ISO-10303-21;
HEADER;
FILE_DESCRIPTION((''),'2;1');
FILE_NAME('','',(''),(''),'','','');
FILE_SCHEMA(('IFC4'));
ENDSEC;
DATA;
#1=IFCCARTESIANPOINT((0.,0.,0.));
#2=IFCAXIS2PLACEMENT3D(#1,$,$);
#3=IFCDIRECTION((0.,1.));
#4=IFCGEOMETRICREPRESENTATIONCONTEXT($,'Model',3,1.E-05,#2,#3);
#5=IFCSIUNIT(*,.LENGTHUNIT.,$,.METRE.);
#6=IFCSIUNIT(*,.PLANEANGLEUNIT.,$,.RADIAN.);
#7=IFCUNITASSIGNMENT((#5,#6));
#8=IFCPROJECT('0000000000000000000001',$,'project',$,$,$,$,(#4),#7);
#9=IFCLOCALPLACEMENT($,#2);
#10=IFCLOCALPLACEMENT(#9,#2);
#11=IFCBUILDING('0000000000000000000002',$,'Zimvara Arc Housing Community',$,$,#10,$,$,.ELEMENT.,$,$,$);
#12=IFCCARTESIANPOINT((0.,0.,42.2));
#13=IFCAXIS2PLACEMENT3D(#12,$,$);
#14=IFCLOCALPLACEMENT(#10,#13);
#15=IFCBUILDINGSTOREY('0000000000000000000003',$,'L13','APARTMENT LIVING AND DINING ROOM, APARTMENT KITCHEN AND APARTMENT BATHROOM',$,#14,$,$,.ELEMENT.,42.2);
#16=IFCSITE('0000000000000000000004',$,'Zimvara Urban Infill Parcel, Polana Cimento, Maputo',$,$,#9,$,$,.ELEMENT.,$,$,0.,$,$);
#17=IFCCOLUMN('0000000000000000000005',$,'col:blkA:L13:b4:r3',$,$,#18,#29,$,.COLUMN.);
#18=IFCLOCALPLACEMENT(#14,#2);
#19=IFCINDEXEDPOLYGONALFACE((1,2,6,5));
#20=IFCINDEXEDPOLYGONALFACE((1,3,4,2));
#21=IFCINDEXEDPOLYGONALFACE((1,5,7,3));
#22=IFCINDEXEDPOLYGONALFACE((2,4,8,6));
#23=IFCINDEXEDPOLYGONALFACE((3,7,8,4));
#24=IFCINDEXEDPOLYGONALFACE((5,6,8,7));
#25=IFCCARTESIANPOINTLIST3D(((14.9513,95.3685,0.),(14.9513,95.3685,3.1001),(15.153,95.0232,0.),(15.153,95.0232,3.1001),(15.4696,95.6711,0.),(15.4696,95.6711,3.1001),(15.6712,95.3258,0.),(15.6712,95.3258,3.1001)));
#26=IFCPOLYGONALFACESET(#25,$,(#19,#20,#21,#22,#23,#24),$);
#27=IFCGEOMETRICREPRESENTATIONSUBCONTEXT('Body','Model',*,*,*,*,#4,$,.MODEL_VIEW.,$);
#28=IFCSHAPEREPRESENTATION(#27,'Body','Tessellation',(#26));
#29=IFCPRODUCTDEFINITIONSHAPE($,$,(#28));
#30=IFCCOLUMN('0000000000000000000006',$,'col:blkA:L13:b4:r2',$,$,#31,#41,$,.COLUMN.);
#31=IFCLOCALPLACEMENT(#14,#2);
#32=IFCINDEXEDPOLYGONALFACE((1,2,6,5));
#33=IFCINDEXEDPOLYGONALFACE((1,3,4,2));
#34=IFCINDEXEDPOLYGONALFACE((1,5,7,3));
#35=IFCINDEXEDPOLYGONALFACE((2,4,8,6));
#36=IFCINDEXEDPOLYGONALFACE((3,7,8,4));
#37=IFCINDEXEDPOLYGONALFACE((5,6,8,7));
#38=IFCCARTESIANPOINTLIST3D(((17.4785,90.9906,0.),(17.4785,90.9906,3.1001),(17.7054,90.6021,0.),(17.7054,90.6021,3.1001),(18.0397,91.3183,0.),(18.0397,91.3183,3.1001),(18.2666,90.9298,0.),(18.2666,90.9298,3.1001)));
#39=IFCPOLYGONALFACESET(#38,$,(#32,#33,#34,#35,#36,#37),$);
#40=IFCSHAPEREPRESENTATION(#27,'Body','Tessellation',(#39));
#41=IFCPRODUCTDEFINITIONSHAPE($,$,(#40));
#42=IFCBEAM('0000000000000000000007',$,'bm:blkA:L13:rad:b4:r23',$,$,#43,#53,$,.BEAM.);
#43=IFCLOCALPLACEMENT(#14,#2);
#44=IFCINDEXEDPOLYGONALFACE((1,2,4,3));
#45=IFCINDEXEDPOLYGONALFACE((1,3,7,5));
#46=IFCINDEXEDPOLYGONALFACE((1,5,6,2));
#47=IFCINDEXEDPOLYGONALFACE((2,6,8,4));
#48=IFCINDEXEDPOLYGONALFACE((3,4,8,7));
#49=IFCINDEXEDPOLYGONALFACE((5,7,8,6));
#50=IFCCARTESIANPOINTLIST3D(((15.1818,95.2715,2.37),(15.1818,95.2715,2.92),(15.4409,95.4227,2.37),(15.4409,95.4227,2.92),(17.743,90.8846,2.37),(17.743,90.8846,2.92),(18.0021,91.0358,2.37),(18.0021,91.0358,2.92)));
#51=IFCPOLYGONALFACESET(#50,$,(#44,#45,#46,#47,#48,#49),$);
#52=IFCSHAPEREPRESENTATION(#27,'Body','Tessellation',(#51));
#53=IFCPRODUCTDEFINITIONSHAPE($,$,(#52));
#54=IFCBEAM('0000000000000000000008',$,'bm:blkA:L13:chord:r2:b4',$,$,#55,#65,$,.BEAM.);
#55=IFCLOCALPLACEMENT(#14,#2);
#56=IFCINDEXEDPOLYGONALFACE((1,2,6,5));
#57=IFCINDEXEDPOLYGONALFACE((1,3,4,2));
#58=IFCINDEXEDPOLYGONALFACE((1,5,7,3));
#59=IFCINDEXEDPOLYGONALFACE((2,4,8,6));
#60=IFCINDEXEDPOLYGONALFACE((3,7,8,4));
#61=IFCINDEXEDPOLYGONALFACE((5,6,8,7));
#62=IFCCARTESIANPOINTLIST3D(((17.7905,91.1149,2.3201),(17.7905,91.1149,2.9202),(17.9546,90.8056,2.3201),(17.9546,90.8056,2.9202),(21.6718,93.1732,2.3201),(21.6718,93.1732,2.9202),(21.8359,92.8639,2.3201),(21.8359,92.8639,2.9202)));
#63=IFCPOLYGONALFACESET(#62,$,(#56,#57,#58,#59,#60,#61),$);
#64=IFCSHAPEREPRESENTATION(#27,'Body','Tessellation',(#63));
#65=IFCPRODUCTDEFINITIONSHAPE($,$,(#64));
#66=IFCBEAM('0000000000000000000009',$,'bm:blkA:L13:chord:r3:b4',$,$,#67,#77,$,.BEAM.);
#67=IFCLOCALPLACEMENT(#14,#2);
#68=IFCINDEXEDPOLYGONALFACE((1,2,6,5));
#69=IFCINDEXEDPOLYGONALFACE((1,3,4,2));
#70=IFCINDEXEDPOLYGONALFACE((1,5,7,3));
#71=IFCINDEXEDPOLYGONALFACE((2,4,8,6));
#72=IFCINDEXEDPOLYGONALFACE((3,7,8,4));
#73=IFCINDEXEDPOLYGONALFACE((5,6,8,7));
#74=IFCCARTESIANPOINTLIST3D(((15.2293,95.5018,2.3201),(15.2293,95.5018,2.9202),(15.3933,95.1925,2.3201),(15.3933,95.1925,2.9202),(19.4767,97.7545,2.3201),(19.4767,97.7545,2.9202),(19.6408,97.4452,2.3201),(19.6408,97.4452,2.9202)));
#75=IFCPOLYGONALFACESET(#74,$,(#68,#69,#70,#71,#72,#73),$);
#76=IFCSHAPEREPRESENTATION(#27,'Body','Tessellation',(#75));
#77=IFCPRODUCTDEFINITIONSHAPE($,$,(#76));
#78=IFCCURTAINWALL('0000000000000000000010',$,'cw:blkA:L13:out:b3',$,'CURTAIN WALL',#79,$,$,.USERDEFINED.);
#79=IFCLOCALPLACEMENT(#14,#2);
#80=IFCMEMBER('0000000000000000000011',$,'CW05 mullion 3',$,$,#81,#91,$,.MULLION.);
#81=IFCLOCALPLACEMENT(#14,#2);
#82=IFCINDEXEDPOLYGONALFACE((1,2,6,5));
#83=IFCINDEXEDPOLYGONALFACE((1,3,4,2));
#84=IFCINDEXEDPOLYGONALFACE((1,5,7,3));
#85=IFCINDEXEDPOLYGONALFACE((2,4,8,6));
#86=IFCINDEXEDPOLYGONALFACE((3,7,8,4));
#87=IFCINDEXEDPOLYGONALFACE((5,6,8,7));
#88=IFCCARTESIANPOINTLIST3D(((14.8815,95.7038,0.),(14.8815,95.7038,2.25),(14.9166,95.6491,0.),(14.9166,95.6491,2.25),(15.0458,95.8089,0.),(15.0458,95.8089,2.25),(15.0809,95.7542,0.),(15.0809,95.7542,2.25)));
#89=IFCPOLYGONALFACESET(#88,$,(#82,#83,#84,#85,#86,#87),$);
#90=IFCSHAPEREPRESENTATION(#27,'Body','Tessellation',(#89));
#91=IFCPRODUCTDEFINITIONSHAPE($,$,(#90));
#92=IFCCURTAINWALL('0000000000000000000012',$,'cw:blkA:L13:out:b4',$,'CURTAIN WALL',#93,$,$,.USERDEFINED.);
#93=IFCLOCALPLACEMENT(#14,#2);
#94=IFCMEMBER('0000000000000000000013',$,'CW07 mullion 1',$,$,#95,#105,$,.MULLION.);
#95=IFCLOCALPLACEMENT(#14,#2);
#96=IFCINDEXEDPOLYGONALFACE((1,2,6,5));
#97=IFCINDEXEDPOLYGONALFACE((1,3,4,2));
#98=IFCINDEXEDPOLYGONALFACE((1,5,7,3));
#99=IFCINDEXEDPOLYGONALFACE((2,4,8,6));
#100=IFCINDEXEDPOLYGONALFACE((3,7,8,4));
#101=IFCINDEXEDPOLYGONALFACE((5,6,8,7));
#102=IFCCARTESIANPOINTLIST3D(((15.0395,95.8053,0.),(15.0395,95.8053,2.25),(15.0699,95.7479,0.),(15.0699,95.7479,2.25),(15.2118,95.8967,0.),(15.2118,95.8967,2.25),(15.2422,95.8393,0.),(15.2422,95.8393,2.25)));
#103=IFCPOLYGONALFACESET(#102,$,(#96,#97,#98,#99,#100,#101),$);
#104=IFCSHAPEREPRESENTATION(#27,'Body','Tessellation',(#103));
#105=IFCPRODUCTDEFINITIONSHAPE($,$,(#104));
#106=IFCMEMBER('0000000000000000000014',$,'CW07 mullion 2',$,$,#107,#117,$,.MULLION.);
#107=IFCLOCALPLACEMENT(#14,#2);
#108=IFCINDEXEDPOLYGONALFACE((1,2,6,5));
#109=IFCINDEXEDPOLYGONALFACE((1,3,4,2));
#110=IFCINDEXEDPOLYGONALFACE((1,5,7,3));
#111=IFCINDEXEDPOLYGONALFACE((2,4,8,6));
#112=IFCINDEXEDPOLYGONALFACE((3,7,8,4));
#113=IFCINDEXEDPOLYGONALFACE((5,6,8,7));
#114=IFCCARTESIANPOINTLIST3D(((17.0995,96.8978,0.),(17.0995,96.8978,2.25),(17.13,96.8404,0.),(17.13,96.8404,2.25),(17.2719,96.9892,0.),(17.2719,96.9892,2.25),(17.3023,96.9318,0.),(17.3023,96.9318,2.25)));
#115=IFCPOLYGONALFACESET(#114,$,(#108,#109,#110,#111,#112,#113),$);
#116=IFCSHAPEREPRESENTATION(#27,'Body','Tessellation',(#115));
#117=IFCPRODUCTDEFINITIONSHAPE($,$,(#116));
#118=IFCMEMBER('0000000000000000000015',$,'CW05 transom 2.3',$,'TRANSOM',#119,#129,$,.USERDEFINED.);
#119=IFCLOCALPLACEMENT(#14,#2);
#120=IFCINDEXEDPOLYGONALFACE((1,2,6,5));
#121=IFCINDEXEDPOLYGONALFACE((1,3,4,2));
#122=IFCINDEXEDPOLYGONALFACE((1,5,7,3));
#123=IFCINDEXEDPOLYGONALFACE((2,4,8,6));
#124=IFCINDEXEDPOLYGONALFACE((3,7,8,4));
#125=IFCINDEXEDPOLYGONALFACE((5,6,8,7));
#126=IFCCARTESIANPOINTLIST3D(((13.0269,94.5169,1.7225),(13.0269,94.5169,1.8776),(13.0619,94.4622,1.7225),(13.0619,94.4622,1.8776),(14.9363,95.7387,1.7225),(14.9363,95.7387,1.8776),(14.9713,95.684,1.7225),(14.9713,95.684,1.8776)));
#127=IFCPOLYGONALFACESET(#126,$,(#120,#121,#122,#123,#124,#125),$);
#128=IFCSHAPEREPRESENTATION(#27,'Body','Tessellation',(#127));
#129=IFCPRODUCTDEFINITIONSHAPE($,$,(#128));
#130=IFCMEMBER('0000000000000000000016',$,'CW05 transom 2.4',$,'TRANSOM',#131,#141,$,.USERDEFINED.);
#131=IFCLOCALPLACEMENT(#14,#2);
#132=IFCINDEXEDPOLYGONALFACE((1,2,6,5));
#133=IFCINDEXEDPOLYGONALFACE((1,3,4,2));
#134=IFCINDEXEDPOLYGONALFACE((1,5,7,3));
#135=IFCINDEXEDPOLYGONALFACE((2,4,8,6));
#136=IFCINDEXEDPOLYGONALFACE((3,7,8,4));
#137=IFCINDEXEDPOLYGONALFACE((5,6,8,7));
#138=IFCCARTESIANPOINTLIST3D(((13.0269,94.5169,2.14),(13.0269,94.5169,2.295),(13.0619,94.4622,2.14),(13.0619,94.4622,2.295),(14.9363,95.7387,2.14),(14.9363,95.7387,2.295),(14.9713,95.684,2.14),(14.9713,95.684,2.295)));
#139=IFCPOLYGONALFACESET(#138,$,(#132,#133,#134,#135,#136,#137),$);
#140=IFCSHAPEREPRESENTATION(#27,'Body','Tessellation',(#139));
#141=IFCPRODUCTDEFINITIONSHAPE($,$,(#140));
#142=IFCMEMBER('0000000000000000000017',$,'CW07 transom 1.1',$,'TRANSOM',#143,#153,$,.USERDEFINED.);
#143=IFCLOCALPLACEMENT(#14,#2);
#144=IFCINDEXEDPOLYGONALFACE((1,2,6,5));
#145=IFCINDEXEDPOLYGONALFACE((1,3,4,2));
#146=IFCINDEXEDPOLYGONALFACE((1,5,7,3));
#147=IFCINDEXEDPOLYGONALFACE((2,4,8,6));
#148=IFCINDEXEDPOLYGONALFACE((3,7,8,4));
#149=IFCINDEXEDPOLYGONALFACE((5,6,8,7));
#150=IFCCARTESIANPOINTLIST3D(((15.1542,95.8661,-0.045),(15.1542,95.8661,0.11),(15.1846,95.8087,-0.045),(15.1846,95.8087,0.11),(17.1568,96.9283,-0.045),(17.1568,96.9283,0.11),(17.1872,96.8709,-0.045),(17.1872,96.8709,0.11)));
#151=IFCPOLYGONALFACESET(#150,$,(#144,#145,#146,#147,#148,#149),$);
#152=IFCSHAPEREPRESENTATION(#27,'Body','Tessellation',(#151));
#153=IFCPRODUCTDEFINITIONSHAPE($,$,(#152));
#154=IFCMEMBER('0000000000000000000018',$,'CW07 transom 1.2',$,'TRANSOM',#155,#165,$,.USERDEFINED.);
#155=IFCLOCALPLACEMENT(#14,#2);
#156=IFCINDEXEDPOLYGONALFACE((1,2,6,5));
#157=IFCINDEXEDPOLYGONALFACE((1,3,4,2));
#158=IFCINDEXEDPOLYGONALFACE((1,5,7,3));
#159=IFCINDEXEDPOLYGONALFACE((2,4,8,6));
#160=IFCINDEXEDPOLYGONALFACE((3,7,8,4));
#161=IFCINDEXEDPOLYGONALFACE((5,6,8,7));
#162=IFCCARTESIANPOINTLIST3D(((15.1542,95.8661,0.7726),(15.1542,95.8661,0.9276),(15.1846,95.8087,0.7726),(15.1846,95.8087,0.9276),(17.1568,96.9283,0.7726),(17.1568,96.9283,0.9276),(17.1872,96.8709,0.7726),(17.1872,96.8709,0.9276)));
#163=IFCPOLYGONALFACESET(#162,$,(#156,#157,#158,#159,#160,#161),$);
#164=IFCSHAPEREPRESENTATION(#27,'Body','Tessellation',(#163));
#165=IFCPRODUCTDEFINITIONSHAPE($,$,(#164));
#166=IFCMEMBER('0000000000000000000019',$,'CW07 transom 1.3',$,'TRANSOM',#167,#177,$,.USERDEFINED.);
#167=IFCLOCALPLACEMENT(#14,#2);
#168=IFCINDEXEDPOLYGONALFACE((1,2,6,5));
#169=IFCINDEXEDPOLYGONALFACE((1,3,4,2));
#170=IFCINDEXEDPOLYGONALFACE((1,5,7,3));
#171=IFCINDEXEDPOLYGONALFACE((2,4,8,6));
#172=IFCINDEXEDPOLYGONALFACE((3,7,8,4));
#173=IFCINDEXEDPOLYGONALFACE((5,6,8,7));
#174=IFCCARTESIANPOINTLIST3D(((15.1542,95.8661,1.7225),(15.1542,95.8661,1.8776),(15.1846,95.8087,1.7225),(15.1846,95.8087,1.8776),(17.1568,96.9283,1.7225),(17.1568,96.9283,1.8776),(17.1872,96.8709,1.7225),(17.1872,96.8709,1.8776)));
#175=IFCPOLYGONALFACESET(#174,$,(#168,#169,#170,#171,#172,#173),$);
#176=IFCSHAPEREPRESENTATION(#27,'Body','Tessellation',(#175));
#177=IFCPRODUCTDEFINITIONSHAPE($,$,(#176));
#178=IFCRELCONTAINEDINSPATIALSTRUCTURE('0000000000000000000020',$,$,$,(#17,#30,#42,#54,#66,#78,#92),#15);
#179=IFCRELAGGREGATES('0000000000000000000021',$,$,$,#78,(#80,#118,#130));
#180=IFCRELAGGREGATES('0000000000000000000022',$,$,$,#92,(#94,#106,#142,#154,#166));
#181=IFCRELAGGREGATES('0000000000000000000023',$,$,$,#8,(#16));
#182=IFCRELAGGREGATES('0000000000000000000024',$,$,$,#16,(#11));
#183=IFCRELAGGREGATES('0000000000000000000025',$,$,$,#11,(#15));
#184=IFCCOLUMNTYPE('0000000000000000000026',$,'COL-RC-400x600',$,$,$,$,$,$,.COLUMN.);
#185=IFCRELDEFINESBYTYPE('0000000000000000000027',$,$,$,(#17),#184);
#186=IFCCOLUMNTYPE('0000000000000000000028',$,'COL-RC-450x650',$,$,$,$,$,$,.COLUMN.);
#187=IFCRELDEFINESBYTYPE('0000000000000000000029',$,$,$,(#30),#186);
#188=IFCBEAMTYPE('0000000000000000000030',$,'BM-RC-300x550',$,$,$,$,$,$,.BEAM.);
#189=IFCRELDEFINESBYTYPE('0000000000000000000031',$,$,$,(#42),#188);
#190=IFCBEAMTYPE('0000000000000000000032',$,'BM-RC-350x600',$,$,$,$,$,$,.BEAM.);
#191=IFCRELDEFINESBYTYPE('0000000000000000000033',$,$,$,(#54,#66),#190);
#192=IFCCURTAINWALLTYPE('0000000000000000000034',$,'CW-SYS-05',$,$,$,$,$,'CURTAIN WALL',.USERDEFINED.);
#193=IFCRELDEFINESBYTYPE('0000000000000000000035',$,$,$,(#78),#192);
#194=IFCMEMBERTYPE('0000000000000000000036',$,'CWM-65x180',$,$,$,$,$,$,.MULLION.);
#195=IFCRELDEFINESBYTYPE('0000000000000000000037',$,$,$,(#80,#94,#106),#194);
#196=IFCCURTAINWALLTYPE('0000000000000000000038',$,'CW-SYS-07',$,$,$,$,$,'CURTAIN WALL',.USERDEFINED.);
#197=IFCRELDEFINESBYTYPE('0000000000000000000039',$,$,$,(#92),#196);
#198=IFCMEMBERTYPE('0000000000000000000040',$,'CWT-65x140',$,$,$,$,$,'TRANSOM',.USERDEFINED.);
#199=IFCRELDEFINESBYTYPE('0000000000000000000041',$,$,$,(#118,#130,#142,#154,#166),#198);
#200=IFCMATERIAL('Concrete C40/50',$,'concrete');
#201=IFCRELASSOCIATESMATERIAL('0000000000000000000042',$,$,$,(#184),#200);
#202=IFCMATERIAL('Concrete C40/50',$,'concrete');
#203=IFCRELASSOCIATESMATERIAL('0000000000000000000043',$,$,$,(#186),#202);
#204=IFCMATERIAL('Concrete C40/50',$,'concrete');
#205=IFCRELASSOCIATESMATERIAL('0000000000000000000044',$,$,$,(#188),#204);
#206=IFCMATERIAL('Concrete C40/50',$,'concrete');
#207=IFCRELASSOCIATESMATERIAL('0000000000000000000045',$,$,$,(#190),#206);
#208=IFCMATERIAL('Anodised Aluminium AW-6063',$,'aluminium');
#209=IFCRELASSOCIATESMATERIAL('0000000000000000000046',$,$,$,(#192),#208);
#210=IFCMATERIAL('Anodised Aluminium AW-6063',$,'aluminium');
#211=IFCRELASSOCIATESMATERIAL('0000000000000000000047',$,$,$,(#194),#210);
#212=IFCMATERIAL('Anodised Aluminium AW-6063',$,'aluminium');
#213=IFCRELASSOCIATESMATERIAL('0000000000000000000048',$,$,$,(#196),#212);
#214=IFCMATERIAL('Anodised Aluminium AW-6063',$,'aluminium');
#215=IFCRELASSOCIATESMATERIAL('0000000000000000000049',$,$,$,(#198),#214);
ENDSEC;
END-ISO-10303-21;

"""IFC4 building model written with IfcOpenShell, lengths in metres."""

from ifc_helpers import new_model, si_unit, direction, frame, origin, origin_2d, place, context, subcontext, project, spatial, rectangle, extrude, material, material_profile, profile_set, type_object, element, aggregate, save


model = new_model("IFC4")

# Units and contexts
model_context = context("Model", 3, precision=1e-05, world=origin(), true_north=direction((0.0, 1.0)))
body_context = subcontext(model_context, "Body", "Model", "MODEL_VIEW")
ifc_project = project(units=[si_unit("LENGTHUNIT", "METRE"), si_unit("PLANEANGLEUNIT", "RADIAN")], contexts=[model_context])

# Site, building, storey
site_placement = place(None, origin())
site = spatial("IfcSite", under=ifc_project, at=site_placement, Name="Zimvara Urban Infill Parcel, Polana Cimento, Maputo", CompositionType="ELEMENT", RefElevation=0.0)
building_placement = place(site_placement, origin())
building = spatial("IfcBuilding", under=site, at=building_placement, Name="Zimvara Arc Housing Community", CompositionType="ELEMENT")
storey_placement = place(building_placement, frame((0.0, 0.0, 42.2)))
storey = spatial("IfcBuildingStorey", under=building, at=storey_placement, Name="L13", Description="APARTMENT LIVING AND DINING ROOM, APARTMENT KITCHEN AND APARTMENT BATHROOM", CompositionType="ELEMENT", Elevation=42.2)

# Columns
ifc_material_1 = material(Name="Concrete C40/50", Category="concrete")
ifc_material_profile_1 = material_profile(ifc_material_1, rectangle(XDim=0.3999, YDim=0.6001, at=origin_2d()), Name="RC 400x600")
ifc_profile_set_1 = profile_set([ifc_material_profile_1], Name="Concrete C40/50")
column_type_1 = type_object("IfcColumnType", Name="COL-RC-400x600", PredefinedType="COLUMN", material=ifc_profile_set_1)
column_1_placement = place(storey_placement, frame((15.3113, 95.3472, 0.0), z_axis=(0.0, 0.0, 1.0), x_axis=(-0.504226, 0.863572, 0.0)))
element("IfcColumn", 1, at=column_1_placement, inside=storey, type_object=column_type_1, Name="col:blkA:L13:b4:r3", PredefinedType="COLUMN", context=body_context, shape_type="SweptSolid", body=[
    extrude(rectangle(XDim=0.3999, YDim=0.6001, at=origin_2d()), origin(), (0.0, 0.0, 1.0), 3.1001),
])
ifc_material_2 = material(Name="Concrete C40/50", Category="concrete")
ifc_material_profile_2 = material_profile(ifc_material_2, rectangle(XDim=0.45, YDim=0.6499, at=origin_2d()), Name="RC 450x650")
ifc_profile_set_2 = profile_set([ifc_material_profile_2], Name="Concrete C40/50")
column_type_2 = type_object("IfcColumnType", Name="COL-RC-450x650", PredefinedType="COLUMN", material=ifc_profile_set_2)
column_2_placement = place(storey_placement, frame((17.8726, 90.9602, 0.0), z_axis=(0.0, 0.0, 1.0), x_axis=(-0.504226, 0.863572, 0.0)))
element("IfcColumn", 2, at=column_2_placement, inside=storey, type_object=column_type_2, Name="col:blkA:L13:b4:r2", PredefinedType="COLUMN", context=body_context, shape_type="SweptSolid", body=[
    extrude(rectangle(XDim=0.45, YDim=0.6499, at=origin_2d()), origin(), (0.0, 0.0, 1.0), 3.1001),
])

# Beams
ifc_material_3 = material(Name="Concrete C40/50", Category="concrete")
ifc_material_profile_3 = material_profile(ifc_material_3, rectangle(XDim=0.3, YDim=0.55, at=origin_2d()), Name="RC 300x550")
ifc_profile_set_3 = profile_set([ifc_material_profile_3], Name="Concrete C40/50")
beam_type_1 = type_object("IfcBeamType", Name="BM-RC-300x550", PredefinedType="BEAM", material=ifc_profile_set_3)
beam_1_placement = place(storey_placement, frame((17.8726, 90.9602, 2.645), z_axis=(-0.504197, 0.863589, 0.0), x_axis=(-0.863589, -0.504197, 0.0)))
element("IfcBeam", 3, at=beam_1_placement, inside=storey, type_object=beam_type_1, Name="bm:blkA:L13:rad:b4:r23", PredefinedType="BEAM", context=body_context, shape_type="SweptSolid", body=[
    extrude(rectangle(XDim=0.3, YDim=0.55, at=origin_2d()), origin(), (0.0, 0.0, 1.0), 5.0798),
])
ifc_material_4 = material(Name="Concrete C40/50", Category="concrete")
ifc_material_profile_4 = material_profile(ifc_material_4, rectangle(XDim=0.3501, YDim=0.6001, at=origin_2d()), Name="RC 350x600")
ifc_profile_set_4 = profile_set([ifc_material_profile_4], Name="Concrete C40/50")
beam_type_2 = type_object("IfcBeamType", Name="BM-RC-350x600", PredefinedType="BEAM", material=ifc_profile_set_4)
beam_2_placement = place(storey_placement, frame((17.8726, 90.9602, 2.6201), z_axis=(0.883457, 0.468513, 0.0), x_axis=(-0.468513, 0.883457, 0.0)))
element("IfcBeam", 4, at=beam_2_placement, inside=storey, type_object=beam_type_2, Name="bm:blkA:L13:chord:r2:b4", PredefinedType="BEAM", context=body_context, shape_type="SweptSolid", body=[
    extrude(rectangle(XDim=0.3501, YDim=0.6001, at=origin_2d()), origin(), (0.0, 0.0, 1.0), 4.3933),
])
beam_3_placement = place(storey_placement, frame((15.3113, 95.3472, 2.6201), z_axis=(0.883446, 0.468534, 0.0), x_axis=(-0.468534, 0.883446, 0.0)))
element("IfcBeam", 5, at=beam_3_placement, inside=storey, type_object=beam_type_2, Name="bm:blkA:L13:chord:r3:b4", PredefinedType="BEAM", context=body_context, shape_type="SweptSolid", body=[
    extrude(rectangle(XDim=0.3501, YDim=0.6001, at=origin_2d()), origin(), (0.0, 0.0, 1.0), 4.8079),
])

# Curtain wall, member
ifc_material_5 = material(Name="Anodised Aluminium AW-6063", Category="aluminium")
curtain_wall_type_1 = type_object("IfcCurtainWallType", Name="CW-SYS-05", ElementType="CURTAIN WALL", PredefinedType="USERDEFINED", material=ifc_material_5)
curtain_wall_1_placement = place(storey_placement, origin())
curtain_wall_1 = element("IfcCurtainWall", 6, at=curtain_wall_1_placement, inside=storey, type_object=curtain_wall_type_1, Name="cw:blkA:L13:out:b3", ObjectType="CURTAIN WALL", PredefinedType="USERDEFINED")
ifc_material_6 = material(Name="Anodised Aluminium AW-6063", Category="aluminium")
ifc_material_profile_5 = material_profile(ifc_material_6, rectangle(XDim=0.0649, YDim=0.1951, at=origin_2d()), Name="ALU 65x195")
ifc_profile_set_5 = profile_set([ifc_material_profile_5], Name="Anodised Aluminium AW-6063")
member_type_1 = type_object("IfcMemberType", Name="CWM-65x180", PredefinedType="MULLION", material=ifc_profile_set_5)
member_1_placement = place(storey_placement, frame((14.9812, 95.729, 0.0), z_axis=(0.0, 0.0, 1.0), x_axis=(-0.539065, 0.842264, 0.0)))
member_1 = element("IfcMember", 7, at=member_1_placement, type_object=member_type_1, Name="CW05 mullion 3", PredefinedType="MULLION", context=body_context, shape_type="SweptSolid", body=[
    extrude(rectangle(XDim=0.0649, YDim=0.1951, at=origin_2d()), origin(), (0.0, 0.0, 1.0), 2.25),
])

# Curtain wall, members
ifc_material_7 = material(Name="Anodised Aluminium AW-6063", Category="aluminium")
curtain_wall_type_2 = type_object("IfcCurtainWallType", Name="CW-SYS-07", ElementType="CURTAIN WALL", PredefinedType="USERDEFINED", material=ifc_material_7)
curtain_wall_2_placement = place(storey_placement, origin())
curtain_wall_2 = element("IfcCurtainWall", 8, at=curtain_wall_2_placement, inside=storey, type_object=curtain_wall_type_2, Name="cw:blkA:L13:out:b4", ObjectType="CURTAIN WALL", PredefinedType="USERDEFINED")
member_2_placement = place(storey_placement, frame((15.1409, 95.8223, 0.0), z_axis=(0.0, 0.0, 1.0), x_axis=(-0.468547, 0.883439, 0.0)))
member_2 = element("IfcMember", 9, at=member_2_placement, type_object=member_type_1, Name="CW07 mullion 1", PredefinedType="MULLION", context=body_context, shape_type="SweptSolid", body=[
    extrude(rectangle(XDim=0.0649, YDim=0.1951, at=origin_2d()), origin(), (0.0, 0.0, 1.0), 2.25),
])
member_3_placement = place(storey_placement, frame((17.2009, 96.9148, 0.0), z_axis=(0.0, 0.0, 1.0), x_axis=(-0.468547, 0.883439, 0.0)))
member_3 = element("IfcMember", 10, at=member_3_placement, type_object=member_type_1, Name="CW07 mullion 2", PredefinedType="MULLION", context=body_context, shape_type="SweptSolid", body=[
    extrude(rectangle(XDim=0.0649, YDim=0.1951, at=origin_2d()), origin(), (0.0, 0.0, 1.0), 2.25),
])

# Members
ifc_material_8 = material(Name="Anodised Aluminium AW-6063", Category="aluminium")
ifc_material_profile_6 = material_profile(ifc_material_8, rectangle(XDim=0.0649, YDim=0.155, at=origin_2d()), Name="ALU 65x155")
ifc_profile_set_6 = profile_set([ifc_material_profile_6], Name="Anodised Aluminium AW-6063")
member_type_2 = type_object("IfcMemberType", Name="CWT-65x140", ElementType="TRANSOM", PredefinedType="USERDEFINED", material=ifc_profile_set_6)
member_4_placement = place(storey_placement, frame((13.0444, 94.4895, 1.8), z_axis=(0.842293, 0.53902, 0.0), x_axis=(-0.53902, 0.842293, 0.0)))
member_4 = element("IfcMember", 11, at=member_4_placement, type_object=member_type_2, Name="CW05 transom 2.3", ObjectType="TRANSOM", PredefinedType="USERDEFINED", context=body_context, shape_type="SweptSolid", body=[
    extrude(rectangle(XDim=0.0649, YDim=0.155, at=origin_2d()), origin(), (0.0, 0.0, 1.0), 2.2668),
])
member_5_placement = place(storey_placement, frame((13.0444, 94.4895, 2.2175), z_axis=(0.842293, 0.53902, 0.0), x_axis=(-0.53902, 0.842293, 0.0)))
member_5 = element("IfcMember", 12, at=member_5_placement, type_object=member_type_2, Name="CW05 transom 2.4", ObjectType="TRANSOM", PredefinedType="USERDEFINED", context=body_context, shape_type="SweptSolid", body=[
    extrude(rectangle(XDim=0.0649, YDim=0.155, at=origin_2d()), origin(), (0.0, 0.0, 1.0), 2.2668),
])
member_6_placement = place(storey_placement, frame((15.1694, 95.8374, 0.0325), z_axis=(0.883421, 0.46858, 0.0), x_axis=(-0.46858, 0.883421, 0.0)))
member_6 = element("IfcMember", 13, at=member_6_placement, type_object=member_type_2, Name="CW07 transom 1.1", ObjectType="TRANSOM", PredefinedType="USERDEFINED", context=body_context, shape_type="SweptSolid", body=[
    extrude(rectangle(XDim=0.0649, YDim=0.155, at=origin_2d()), origin(), (0.0, 0.0, 1.0), 2.2668),
])
member_7_placement = place(storey_placement, frame((15.1694, 95.8374, 0.8501), z_axis=(0.883421, 0.46858, 0.0), x_axis=(-0.46858, 0.883421, 0.0)))
member_7 = element("IfcMember", 14, at=member_7_placement, type_object=member_type_2, Name="CW07 transom 1.2", ObjectType="TRANSOM", PredefinedType="USERDEFINED", context=body_context, shape_type="SweptSolid", body=[
    extrude(rectangle(XDim=0.0649, YDim=0.155, at=origin_2d()), origin(), (0.0, 0.0, 1.0), 2.2668),
])
member_8_placement = place(storey_placement, frame((15.1694, 95.8374, 1.8), z_axis=(0.883421, 0.46858, 0.0), x_axis=(-0.46858, 0.883421, 0.0)))
member_8 = element("IfcMember", 15, at=member_8_placement, type_object=member_type_2, Name="CW07 transom 1.3", ObjectType="TRANSOM", PredefinedType="USERDEFINED", context=body_context, shape_type="SweptSolid", body=[
    extrude(rectangle(XDim=0.0649, YDim=0.155, at=origin_2d()), origin(), (0.0, 0.0, 1.0), 2.2668),
])

aggregate(curtain_wall_1, [member_1, member_4, member_5])
aggregate(curtain_wall_2, [member_2, member_3, member_6, member_7, member_8])

save(model, "model.ifc")
